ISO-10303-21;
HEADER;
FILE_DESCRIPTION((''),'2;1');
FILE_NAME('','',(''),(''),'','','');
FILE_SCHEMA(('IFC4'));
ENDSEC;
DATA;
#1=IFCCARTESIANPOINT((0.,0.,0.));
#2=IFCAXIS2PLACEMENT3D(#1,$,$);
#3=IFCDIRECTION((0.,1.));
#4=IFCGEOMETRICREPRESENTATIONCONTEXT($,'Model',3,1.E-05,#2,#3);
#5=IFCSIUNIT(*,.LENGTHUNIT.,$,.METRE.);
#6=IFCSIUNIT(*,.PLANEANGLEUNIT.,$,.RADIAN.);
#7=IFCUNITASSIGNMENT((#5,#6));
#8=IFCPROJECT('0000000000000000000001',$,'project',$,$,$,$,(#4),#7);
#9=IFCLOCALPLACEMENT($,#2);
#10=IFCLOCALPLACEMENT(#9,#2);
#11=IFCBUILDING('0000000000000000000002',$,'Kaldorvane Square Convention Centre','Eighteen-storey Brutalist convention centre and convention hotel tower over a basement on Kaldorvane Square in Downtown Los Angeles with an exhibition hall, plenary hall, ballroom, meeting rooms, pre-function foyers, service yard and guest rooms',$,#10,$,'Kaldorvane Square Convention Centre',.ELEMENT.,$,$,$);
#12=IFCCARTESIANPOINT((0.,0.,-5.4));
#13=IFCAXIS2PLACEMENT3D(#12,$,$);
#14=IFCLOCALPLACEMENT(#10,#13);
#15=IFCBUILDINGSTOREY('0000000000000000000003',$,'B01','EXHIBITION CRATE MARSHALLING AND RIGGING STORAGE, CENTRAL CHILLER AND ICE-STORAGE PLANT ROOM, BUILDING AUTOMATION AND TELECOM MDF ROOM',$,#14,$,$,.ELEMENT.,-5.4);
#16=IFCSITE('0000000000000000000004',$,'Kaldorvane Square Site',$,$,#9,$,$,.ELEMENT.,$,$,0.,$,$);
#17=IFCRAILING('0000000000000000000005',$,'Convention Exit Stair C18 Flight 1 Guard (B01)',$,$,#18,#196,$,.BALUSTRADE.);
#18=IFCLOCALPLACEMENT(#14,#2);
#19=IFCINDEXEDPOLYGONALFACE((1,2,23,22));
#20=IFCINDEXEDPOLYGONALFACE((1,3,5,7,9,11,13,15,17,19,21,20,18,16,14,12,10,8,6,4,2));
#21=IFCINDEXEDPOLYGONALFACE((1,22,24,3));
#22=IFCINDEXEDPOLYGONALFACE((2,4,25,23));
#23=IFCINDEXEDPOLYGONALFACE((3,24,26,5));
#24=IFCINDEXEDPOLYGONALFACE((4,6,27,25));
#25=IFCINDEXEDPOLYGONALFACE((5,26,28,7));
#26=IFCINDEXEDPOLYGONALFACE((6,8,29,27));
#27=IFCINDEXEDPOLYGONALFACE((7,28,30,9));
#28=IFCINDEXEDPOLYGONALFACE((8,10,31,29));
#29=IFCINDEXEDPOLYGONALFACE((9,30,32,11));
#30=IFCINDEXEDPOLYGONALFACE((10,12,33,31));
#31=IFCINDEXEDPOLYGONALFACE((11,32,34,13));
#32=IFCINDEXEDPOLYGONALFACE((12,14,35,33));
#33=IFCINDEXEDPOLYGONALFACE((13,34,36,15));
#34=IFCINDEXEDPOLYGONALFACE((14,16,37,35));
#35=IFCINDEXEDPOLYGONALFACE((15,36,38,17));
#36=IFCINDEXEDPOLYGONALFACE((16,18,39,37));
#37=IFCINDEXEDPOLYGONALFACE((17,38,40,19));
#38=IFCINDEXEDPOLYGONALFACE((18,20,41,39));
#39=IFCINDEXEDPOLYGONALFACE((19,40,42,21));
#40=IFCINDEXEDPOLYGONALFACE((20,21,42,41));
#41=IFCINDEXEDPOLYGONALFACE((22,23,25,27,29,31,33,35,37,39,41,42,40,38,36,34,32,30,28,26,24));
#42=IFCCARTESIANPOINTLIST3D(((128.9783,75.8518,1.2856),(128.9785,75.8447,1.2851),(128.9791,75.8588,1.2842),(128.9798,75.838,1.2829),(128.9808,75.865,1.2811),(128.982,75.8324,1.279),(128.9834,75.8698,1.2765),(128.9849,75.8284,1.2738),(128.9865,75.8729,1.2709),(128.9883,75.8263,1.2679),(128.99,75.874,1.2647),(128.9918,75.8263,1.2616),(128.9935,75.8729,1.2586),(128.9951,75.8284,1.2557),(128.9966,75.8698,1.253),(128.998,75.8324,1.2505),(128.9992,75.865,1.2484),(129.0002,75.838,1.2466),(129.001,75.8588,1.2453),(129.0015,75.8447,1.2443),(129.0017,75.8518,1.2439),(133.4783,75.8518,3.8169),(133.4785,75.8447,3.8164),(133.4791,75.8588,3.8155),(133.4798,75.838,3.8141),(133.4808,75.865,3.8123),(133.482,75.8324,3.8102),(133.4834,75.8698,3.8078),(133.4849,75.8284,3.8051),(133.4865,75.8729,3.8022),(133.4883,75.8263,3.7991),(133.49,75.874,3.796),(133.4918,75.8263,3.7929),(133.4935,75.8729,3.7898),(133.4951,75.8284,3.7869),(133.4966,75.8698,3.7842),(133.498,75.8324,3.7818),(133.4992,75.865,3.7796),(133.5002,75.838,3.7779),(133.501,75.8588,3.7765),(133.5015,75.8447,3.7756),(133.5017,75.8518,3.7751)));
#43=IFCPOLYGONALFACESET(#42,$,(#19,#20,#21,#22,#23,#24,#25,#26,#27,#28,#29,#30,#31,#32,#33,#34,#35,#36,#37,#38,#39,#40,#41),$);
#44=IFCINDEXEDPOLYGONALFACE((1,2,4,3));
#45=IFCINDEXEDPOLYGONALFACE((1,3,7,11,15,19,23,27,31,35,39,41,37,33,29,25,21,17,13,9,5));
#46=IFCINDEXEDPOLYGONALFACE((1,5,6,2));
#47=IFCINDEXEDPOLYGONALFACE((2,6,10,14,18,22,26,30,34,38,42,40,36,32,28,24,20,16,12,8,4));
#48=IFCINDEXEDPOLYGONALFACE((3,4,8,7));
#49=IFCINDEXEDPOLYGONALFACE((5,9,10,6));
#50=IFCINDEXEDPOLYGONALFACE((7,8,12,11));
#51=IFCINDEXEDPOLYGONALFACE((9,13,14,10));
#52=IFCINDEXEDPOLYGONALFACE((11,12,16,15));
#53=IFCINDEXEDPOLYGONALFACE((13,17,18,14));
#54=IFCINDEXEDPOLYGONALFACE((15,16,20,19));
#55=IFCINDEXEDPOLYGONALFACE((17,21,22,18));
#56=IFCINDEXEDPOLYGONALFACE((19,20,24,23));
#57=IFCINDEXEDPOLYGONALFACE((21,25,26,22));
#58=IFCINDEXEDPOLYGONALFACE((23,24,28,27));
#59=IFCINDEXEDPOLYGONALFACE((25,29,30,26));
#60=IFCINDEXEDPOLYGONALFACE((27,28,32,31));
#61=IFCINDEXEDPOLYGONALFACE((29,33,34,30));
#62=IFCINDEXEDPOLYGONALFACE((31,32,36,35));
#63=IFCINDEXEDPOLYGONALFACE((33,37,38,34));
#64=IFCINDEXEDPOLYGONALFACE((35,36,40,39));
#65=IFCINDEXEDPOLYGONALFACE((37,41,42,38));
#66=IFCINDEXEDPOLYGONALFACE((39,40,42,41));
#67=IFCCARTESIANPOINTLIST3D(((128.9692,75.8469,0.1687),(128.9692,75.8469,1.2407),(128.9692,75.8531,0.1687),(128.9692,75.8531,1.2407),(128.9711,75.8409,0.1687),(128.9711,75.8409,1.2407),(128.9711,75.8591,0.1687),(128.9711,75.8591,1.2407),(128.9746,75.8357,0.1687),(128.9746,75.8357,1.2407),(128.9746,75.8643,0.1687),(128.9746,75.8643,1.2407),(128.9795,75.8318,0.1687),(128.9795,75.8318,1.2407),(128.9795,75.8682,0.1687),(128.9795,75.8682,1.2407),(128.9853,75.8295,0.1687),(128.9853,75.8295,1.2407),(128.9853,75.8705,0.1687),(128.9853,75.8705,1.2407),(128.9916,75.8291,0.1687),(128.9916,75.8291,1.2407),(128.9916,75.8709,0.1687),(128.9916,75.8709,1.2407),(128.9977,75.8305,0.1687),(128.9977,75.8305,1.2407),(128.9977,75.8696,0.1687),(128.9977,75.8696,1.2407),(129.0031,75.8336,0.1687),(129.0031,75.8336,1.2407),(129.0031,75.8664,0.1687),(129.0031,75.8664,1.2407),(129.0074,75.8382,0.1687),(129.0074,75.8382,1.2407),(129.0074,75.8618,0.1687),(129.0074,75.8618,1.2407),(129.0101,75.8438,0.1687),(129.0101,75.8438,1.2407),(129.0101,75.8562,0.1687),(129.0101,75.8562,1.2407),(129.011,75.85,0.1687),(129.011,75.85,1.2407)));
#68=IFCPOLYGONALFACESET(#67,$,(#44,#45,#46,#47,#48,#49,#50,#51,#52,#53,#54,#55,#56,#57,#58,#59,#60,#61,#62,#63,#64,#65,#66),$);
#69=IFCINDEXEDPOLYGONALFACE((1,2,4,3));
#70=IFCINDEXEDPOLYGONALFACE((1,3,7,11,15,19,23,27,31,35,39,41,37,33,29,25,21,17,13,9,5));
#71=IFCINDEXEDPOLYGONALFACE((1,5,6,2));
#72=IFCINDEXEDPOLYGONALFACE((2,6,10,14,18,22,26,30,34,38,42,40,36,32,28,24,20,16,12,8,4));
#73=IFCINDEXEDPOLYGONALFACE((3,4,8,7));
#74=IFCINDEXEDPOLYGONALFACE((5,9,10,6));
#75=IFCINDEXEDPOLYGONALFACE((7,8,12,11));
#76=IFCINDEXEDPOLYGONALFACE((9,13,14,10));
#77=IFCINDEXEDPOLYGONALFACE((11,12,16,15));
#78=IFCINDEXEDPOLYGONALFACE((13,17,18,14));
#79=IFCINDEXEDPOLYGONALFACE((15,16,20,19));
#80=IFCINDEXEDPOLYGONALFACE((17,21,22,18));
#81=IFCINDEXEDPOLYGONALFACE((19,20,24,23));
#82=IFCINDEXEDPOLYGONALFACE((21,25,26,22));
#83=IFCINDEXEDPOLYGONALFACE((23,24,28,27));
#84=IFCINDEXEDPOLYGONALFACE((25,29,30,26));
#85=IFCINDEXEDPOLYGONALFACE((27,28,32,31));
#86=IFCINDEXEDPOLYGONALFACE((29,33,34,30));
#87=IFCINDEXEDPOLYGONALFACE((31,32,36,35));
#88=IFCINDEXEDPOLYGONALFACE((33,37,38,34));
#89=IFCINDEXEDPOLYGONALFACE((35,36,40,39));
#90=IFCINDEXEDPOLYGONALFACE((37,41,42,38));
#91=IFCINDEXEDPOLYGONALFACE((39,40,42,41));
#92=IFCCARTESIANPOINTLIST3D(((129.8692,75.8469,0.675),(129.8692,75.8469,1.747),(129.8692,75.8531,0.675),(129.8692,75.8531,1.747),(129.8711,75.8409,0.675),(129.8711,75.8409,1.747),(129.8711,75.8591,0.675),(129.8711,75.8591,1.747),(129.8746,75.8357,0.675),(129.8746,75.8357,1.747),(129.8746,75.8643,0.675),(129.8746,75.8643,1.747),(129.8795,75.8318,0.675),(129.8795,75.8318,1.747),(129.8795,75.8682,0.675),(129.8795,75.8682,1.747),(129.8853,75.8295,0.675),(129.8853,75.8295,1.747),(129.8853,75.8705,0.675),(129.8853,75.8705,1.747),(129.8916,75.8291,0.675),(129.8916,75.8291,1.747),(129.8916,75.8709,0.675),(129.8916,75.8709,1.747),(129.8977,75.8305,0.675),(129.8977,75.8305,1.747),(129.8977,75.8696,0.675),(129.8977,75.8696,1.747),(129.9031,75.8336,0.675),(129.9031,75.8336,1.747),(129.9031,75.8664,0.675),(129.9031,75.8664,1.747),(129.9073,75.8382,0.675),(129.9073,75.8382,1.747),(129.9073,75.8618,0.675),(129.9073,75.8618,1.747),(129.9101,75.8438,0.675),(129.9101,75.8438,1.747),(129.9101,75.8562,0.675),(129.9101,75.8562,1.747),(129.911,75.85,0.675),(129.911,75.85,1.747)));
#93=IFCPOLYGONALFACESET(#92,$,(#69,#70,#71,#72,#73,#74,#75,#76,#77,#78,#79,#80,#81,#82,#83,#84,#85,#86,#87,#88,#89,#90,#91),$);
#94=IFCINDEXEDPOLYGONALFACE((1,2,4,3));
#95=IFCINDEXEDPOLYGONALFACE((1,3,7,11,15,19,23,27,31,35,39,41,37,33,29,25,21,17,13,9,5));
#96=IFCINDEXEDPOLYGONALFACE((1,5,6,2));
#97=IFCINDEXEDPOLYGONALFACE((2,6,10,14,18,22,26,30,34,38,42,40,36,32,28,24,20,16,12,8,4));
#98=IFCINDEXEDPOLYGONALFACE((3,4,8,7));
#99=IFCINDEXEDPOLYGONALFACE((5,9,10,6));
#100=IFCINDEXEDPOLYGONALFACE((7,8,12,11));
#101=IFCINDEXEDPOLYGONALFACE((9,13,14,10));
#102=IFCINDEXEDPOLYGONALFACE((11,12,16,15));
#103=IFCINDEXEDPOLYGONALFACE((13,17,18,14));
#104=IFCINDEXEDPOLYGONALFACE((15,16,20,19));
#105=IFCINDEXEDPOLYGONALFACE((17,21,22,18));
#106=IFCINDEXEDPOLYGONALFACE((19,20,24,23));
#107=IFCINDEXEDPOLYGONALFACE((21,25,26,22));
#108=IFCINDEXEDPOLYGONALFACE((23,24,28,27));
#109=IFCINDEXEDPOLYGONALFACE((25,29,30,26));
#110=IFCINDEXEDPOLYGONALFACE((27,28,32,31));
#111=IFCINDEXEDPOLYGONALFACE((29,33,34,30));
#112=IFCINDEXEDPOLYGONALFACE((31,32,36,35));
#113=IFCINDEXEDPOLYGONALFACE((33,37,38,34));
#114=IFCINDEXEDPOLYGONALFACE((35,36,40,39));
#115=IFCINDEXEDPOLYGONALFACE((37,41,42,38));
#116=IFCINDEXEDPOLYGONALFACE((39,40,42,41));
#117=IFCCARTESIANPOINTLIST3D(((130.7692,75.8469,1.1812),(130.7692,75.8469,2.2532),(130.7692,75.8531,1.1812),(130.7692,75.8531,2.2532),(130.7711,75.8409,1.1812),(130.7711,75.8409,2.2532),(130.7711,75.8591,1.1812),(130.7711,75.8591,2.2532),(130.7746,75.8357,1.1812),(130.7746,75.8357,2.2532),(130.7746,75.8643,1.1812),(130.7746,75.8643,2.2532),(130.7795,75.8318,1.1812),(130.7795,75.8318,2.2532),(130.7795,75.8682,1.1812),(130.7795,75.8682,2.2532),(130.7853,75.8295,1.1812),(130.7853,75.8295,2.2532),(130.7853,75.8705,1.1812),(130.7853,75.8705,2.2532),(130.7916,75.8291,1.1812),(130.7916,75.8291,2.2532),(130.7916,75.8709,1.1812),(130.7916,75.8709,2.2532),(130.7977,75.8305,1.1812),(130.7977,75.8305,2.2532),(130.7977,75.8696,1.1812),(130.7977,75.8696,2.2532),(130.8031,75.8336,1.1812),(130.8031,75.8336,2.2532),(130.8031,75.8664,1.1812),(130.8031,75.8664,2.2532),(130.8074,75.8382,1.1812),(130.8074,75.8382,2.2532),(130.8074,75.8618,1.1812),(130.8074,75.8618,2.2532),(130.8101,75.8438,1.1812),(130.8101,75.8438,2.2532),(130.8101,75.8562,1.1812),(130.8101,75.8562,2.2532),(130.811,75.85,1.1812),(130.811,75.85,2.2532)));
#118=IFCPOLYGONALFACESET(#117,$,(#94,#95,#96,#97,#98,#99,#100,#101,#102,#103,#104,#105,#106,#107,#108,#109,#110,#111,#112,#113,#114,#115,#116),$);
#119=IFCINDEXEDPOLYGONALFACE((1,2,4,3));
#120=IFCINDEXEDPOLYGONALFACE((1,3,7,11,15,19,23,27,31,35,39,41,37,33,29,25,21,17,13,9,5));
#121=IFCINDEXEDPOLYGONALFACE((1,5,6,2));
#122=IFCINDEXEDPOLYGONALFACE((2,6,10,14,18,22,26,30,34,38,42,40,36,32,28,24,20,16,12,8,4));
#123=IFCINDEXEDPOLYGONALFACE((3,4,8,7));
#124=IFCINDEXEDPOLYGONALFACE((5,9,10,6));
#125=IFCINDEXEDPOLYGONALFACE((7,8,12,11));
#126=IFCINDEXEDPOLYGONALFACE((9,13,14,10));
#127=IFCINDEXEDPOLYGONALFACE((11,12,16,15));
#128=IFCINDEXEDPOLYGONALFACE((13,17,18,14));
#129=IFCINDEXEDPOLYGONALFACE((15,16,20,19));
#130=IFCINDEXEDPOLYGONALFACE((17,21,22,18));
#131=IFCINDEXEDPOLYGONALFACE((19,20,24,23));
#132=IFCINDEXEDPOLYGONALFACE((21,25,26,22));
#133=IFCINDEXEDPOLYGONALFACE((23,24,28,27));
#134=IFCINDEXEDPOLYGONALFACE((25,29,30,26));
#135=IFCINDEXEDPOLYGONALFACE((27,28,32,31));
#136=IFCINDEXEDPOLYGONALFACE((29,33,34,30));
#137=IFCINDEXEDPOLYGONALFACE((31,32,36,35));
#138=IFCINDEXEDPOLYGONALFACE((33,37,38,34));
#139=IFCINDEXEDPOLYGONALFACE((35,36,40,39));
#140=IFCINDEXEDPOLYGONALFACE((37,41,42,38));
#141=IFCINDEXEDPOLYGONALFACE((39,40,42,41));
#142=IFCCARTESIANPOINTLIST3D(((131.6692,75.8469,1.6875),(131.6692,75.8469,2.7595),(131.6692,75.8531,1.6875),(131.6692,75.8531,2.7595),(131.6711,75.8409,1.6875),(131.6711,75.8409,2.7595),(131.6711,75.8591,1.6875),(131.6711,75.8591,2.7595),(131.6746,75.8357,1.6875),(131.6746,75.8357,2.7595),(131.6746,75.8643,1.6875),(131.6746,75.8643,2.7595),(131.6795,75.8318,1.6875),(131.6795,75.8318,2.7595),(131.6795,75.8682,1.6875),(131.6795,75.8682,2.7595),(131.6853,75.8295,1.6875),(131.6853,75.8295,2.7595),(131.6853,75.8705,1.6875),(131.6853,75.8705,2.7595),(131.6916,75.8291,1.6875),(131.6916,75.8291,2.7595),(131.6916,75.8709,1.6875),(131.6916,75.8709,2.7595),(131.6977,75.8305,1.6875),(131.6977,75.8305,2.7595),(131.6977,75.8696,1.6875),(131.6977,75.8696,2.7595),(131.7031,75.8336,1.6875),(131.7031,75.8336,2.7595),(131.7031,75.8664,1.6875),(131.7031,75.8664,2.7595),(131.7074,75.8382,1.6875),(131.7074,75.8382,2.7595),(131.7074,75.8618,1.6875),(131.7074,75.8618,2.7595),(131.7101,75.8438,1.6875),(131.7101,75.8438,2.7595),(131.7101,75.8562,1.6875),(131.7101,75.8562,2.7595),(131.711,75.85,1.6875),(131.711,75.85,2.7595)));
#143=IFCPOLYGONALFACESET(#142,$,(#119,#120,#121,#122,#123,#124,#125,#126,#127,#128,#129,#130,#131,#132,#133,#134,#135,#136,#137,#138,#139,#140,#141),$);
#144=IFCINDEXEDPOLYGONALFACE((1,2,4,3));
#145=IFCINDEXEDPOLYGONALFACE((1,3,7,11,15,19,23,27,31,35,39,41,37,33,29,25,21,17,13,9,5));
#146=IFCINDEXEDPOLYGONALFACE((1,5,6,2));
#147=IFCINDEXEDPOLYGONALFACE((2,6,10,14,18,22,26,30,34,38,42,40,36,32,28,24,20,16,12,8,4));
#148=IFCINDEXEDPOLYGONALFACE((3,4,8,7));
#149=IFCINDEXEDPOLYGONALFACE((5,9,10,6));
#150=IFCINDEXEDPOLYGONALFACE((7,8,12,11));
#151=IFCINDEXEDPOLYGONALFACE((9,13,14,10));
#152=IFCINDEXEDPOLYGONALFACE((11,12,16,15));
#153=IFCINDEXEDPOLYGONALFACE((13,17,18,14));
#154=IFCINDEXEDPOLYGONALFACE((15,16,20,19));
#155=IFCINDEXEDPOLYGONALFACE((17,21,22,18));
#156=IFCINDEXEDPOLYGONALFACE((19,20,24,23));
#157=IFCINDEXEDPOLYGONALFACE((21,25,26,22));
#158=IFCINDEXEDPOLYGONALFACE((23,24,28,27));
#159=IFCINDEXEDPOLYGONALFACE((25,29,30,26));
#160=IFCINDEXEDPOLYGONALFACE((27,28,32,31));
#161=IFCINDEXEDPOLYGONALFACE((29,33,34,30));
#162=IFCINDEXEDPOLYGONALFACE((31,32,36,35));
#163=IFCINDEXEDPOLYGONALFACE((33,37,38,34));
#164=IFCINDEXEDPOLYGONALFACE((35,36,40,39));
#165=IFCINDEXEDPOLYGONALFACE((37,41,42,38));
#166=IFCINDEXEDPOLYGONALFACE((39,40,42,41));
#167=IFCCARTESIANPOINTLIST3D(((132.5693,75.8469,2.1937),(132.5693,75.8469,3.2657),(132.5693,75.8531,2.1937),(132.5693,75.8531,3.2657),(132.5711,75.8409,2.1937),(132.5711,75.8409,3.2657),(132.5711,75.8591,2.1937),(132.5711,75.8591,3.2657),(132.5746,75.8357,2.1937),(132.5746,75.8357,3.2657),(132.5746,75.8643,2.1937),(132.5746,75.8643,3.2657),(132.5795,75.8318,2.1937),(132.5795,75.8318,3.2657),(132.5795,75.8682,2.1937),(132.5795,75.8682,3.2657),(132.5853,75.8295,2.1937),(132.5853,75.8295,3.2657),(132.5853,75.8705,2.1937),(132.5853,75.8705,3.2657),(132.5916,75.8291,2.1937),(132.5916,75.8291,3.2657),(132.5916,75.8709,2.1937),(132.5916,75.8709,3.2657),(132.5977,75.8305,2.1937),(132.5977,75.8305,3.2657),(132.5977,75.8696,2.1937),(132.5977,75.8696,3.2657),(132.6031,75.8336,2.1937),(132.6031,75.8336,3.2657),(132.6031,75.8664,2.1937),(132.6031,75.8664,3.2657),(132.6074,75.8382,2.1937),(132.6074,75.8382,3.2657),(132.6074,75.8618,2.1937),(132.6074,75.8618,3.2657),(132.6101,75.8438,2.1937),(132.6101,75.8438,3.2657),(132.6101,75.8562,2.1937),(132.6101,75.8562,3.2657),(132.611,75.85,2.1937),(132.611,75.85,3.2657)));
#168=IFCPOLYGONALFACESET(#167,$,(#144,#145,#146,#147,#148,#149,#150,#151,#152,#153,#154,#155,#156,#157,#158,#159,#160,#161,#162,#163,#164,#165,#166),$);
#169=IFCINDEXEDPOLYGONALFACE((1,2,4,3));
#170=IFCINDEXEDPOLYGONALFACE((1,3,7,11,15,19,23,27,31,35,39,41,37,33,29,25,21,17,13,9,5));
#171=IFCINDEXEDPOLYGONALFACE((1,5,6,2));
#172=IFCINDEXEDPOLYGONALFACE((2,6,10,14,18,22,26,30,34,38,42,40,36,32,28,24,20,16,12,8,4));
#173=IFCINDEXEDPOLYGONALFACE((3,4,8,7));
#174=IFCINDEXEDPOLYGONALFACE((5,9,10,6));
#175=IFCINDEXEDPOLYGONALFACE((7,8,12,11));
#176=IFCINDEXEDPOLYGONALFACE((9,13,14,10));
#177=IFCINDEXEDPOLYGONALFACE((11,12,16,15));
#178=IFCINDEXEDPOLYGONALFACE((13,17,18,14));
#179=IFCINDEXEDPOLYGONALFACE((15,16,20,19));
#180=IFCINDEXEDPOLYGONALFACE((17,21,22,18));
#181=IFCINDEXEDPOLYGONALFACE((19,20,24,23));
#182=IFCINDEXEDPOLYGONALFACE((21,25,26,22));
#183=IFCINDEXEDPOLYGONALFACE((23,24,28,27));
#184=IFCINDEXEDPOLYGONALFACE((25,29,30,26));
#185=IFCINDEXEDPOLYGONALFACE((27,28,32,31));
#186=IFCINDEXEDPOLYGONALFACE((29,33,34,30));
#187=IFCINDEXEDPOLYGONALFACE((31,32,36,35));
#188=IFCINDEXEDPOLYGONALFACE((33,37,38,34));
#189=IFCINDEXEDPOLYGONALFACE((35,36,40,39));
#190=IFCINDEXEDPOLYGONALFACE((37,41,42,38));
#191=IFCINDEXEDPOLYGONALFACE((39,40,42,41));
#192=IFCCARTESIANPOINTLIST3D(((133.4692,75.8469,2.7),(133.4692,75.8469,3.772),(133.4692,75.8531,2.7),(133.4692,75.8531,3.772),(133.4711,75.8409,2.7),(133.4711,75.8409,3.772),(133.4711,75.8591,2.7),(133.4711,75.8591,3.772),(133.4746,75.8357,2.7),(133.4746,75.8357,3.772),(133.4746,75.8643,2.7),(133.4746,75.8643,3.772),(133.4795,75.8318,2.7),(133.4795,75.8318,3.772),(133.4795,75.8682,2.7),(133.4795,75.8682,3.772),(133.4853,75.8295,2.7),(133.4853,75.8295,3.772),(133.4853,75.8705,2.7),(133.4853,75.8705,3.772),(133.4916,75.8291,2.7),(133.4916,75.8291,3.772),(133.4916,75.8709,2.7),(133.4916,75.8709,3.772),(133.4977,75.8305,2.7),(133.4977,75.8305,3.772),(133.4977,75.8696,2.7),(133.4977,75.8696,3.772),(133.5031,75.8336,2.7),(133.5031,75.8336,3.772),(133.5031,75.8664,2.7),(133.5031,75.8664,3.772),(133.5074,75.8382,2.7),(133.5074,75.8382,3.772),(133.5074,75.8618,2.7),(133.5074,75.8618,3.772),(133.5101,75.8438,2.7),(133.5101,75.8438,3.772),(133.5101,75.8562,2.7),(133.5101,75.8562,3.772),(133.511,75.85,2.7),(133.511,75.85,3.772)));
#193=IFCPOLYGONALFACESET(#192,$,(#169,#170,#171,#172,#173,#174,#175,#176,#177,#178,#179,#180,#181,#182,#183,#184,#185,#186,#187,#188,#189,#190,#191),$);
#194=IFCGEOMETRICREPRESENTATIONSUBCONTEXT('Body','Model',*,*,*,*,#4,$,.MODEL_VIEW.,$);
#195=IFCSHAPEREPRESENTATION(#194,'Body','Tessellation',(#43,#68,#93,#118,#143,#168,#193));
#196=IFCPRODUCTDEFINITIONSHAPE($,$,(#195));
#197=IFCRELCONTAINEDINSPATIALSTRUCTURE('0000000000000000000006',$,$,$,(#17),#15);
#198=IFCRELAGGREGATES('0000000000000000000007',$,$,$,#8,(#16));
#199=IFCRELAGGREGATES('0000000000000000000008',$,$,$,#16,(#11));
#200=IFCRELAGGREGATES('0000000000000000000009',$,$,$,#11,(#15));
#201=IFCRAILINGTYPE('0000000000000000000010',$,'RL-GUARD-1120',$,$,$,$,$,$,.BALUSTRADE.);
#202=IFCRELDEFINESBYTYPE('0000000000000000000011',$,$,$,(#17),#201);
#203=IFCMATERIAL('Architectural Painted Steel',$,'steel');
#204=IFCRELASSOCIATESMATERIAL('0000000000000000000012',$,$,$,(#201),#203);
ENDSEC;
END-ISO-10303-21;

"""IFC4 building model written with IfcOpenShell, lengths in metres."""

from ifc_helpers import new_model, si_unit, direction, frame, origin, origin_2d, place, context, subcontext, project, spatial, circle, extrude, material, type_object, element, save


model = new_model("IFC4")

# Units and contexts
model_context = context("Model", 3, precision=1e-05, world=origin(), true_north=direction((0.0, 1.0)))
body_context = subcontext(model_context, "Body", "Model", "MODEL_VIEW")
ifc_project = project(units=[si_unit("LENGTHUNIT", "METRE"), si_unit("PLANEANGLEUNIT", "RADIAN")], contexts=[model_context])

# Site, building, storey
site_placement = place(None, origin())
site = spatial("IfcSite", under=ifc_project, at=site_placement, Name="Kaldorvane Square Site", CompositionType="ELEMENT", RefElevation=0.0)
building_placement = place(site_placement, origin())
building = spatial("IfcBuilding", under=site, at=building_placement, Name="Kaldorvane Square Convention Centre", Description="Eighteen-storey Brutalist convention centre and convention hotel tower over a basement on Kaldorvane Square in Downtown Los Angeles with an exhibition hall, plenary hall, ballroom, meeting rooms, pre-function foyers, service yard and guest rooms", LongName="Kaldorvane Square Convention Centre", CompositionType="ELEMENT")
storey_placement = place(building_placement, frame((0.0, 0.0, -5.4)))
storey = spatial("IfcBuildingStorey", under=building, at=storey_placement, Name="B01", Description="EXHIBITION CRATE MARSHALLING AND RIGGING STORAGE, CENTRAL CHILLER AND ICE-STORAGE PLANT ROOM, BUILDING AUTOMATION AND TELECOM MDF ROOM", CompositionType="ELEMENT", Elevation=-5.4)

# Railing
ifc_material_1 = material(Name="Architectural Painted Steel", Category="steel")
railing_type_1 = type_object("IfcRailingType", Name="RL-GUARD-1120", PredefinedType="BALUSTRADE", material=ifc_material_1)
railing_1_placement = place(storey_placement, frame((128.99, 75.85, 0.1687)))
element("IfcRailing", 1, at=railing_1_placement, inside=storey, type_object=railing_type_1, Name="Convention Exit Stair C18 Flight 1 Guard (B01)", PredefinedType="BALUSTRADE", context=body_context, shape_type="SweptSolid", body=[
    extrude(circle(Radius=0.024, at=origin_2d()), frame((0.0, 0.0, 1.096), z_axis=(0.871576, 0.0, 0.490261), x_axis=(0.0, 1.0, 0.0)), (0.0, 0.0, 1.0), 5.1631),
    extrude(circle(Radius=0.021, at=origin_2d()), origin(), (0.0, 0.0, 1.0), 1.072),
    extrude(circle(Radius=0.021, at=origin_2d()), frame((0.9, 0.0, 0.5063)), (0.0, 0.0, 1.0), 1.072),
    extrude(circle(Radius=0.021, at=origin_2d()), frame((1.8, 0.0, 1.0125)), (0.0, 0.0, 1.0), 1.072),
    extrude(circle(Radius=0.021, at=origin_2d()), frame((2.7, 0.0, 1.5188)), (0.0, 0.0, 1.0), 1.072),
    extrude(circle(Radius=0.021, at=origin_2d()), frame((3.6, 0.0, 2.025)), (0.0, 0.0, 1.0), 1.072),
    extrude(circle(Radius=0.021, at=origin_2d()), frame((4.5, 0.0, 2.5312)), (0.0, 0.0, 1.0), 1.072),
])

save(model, "model.ifc")
